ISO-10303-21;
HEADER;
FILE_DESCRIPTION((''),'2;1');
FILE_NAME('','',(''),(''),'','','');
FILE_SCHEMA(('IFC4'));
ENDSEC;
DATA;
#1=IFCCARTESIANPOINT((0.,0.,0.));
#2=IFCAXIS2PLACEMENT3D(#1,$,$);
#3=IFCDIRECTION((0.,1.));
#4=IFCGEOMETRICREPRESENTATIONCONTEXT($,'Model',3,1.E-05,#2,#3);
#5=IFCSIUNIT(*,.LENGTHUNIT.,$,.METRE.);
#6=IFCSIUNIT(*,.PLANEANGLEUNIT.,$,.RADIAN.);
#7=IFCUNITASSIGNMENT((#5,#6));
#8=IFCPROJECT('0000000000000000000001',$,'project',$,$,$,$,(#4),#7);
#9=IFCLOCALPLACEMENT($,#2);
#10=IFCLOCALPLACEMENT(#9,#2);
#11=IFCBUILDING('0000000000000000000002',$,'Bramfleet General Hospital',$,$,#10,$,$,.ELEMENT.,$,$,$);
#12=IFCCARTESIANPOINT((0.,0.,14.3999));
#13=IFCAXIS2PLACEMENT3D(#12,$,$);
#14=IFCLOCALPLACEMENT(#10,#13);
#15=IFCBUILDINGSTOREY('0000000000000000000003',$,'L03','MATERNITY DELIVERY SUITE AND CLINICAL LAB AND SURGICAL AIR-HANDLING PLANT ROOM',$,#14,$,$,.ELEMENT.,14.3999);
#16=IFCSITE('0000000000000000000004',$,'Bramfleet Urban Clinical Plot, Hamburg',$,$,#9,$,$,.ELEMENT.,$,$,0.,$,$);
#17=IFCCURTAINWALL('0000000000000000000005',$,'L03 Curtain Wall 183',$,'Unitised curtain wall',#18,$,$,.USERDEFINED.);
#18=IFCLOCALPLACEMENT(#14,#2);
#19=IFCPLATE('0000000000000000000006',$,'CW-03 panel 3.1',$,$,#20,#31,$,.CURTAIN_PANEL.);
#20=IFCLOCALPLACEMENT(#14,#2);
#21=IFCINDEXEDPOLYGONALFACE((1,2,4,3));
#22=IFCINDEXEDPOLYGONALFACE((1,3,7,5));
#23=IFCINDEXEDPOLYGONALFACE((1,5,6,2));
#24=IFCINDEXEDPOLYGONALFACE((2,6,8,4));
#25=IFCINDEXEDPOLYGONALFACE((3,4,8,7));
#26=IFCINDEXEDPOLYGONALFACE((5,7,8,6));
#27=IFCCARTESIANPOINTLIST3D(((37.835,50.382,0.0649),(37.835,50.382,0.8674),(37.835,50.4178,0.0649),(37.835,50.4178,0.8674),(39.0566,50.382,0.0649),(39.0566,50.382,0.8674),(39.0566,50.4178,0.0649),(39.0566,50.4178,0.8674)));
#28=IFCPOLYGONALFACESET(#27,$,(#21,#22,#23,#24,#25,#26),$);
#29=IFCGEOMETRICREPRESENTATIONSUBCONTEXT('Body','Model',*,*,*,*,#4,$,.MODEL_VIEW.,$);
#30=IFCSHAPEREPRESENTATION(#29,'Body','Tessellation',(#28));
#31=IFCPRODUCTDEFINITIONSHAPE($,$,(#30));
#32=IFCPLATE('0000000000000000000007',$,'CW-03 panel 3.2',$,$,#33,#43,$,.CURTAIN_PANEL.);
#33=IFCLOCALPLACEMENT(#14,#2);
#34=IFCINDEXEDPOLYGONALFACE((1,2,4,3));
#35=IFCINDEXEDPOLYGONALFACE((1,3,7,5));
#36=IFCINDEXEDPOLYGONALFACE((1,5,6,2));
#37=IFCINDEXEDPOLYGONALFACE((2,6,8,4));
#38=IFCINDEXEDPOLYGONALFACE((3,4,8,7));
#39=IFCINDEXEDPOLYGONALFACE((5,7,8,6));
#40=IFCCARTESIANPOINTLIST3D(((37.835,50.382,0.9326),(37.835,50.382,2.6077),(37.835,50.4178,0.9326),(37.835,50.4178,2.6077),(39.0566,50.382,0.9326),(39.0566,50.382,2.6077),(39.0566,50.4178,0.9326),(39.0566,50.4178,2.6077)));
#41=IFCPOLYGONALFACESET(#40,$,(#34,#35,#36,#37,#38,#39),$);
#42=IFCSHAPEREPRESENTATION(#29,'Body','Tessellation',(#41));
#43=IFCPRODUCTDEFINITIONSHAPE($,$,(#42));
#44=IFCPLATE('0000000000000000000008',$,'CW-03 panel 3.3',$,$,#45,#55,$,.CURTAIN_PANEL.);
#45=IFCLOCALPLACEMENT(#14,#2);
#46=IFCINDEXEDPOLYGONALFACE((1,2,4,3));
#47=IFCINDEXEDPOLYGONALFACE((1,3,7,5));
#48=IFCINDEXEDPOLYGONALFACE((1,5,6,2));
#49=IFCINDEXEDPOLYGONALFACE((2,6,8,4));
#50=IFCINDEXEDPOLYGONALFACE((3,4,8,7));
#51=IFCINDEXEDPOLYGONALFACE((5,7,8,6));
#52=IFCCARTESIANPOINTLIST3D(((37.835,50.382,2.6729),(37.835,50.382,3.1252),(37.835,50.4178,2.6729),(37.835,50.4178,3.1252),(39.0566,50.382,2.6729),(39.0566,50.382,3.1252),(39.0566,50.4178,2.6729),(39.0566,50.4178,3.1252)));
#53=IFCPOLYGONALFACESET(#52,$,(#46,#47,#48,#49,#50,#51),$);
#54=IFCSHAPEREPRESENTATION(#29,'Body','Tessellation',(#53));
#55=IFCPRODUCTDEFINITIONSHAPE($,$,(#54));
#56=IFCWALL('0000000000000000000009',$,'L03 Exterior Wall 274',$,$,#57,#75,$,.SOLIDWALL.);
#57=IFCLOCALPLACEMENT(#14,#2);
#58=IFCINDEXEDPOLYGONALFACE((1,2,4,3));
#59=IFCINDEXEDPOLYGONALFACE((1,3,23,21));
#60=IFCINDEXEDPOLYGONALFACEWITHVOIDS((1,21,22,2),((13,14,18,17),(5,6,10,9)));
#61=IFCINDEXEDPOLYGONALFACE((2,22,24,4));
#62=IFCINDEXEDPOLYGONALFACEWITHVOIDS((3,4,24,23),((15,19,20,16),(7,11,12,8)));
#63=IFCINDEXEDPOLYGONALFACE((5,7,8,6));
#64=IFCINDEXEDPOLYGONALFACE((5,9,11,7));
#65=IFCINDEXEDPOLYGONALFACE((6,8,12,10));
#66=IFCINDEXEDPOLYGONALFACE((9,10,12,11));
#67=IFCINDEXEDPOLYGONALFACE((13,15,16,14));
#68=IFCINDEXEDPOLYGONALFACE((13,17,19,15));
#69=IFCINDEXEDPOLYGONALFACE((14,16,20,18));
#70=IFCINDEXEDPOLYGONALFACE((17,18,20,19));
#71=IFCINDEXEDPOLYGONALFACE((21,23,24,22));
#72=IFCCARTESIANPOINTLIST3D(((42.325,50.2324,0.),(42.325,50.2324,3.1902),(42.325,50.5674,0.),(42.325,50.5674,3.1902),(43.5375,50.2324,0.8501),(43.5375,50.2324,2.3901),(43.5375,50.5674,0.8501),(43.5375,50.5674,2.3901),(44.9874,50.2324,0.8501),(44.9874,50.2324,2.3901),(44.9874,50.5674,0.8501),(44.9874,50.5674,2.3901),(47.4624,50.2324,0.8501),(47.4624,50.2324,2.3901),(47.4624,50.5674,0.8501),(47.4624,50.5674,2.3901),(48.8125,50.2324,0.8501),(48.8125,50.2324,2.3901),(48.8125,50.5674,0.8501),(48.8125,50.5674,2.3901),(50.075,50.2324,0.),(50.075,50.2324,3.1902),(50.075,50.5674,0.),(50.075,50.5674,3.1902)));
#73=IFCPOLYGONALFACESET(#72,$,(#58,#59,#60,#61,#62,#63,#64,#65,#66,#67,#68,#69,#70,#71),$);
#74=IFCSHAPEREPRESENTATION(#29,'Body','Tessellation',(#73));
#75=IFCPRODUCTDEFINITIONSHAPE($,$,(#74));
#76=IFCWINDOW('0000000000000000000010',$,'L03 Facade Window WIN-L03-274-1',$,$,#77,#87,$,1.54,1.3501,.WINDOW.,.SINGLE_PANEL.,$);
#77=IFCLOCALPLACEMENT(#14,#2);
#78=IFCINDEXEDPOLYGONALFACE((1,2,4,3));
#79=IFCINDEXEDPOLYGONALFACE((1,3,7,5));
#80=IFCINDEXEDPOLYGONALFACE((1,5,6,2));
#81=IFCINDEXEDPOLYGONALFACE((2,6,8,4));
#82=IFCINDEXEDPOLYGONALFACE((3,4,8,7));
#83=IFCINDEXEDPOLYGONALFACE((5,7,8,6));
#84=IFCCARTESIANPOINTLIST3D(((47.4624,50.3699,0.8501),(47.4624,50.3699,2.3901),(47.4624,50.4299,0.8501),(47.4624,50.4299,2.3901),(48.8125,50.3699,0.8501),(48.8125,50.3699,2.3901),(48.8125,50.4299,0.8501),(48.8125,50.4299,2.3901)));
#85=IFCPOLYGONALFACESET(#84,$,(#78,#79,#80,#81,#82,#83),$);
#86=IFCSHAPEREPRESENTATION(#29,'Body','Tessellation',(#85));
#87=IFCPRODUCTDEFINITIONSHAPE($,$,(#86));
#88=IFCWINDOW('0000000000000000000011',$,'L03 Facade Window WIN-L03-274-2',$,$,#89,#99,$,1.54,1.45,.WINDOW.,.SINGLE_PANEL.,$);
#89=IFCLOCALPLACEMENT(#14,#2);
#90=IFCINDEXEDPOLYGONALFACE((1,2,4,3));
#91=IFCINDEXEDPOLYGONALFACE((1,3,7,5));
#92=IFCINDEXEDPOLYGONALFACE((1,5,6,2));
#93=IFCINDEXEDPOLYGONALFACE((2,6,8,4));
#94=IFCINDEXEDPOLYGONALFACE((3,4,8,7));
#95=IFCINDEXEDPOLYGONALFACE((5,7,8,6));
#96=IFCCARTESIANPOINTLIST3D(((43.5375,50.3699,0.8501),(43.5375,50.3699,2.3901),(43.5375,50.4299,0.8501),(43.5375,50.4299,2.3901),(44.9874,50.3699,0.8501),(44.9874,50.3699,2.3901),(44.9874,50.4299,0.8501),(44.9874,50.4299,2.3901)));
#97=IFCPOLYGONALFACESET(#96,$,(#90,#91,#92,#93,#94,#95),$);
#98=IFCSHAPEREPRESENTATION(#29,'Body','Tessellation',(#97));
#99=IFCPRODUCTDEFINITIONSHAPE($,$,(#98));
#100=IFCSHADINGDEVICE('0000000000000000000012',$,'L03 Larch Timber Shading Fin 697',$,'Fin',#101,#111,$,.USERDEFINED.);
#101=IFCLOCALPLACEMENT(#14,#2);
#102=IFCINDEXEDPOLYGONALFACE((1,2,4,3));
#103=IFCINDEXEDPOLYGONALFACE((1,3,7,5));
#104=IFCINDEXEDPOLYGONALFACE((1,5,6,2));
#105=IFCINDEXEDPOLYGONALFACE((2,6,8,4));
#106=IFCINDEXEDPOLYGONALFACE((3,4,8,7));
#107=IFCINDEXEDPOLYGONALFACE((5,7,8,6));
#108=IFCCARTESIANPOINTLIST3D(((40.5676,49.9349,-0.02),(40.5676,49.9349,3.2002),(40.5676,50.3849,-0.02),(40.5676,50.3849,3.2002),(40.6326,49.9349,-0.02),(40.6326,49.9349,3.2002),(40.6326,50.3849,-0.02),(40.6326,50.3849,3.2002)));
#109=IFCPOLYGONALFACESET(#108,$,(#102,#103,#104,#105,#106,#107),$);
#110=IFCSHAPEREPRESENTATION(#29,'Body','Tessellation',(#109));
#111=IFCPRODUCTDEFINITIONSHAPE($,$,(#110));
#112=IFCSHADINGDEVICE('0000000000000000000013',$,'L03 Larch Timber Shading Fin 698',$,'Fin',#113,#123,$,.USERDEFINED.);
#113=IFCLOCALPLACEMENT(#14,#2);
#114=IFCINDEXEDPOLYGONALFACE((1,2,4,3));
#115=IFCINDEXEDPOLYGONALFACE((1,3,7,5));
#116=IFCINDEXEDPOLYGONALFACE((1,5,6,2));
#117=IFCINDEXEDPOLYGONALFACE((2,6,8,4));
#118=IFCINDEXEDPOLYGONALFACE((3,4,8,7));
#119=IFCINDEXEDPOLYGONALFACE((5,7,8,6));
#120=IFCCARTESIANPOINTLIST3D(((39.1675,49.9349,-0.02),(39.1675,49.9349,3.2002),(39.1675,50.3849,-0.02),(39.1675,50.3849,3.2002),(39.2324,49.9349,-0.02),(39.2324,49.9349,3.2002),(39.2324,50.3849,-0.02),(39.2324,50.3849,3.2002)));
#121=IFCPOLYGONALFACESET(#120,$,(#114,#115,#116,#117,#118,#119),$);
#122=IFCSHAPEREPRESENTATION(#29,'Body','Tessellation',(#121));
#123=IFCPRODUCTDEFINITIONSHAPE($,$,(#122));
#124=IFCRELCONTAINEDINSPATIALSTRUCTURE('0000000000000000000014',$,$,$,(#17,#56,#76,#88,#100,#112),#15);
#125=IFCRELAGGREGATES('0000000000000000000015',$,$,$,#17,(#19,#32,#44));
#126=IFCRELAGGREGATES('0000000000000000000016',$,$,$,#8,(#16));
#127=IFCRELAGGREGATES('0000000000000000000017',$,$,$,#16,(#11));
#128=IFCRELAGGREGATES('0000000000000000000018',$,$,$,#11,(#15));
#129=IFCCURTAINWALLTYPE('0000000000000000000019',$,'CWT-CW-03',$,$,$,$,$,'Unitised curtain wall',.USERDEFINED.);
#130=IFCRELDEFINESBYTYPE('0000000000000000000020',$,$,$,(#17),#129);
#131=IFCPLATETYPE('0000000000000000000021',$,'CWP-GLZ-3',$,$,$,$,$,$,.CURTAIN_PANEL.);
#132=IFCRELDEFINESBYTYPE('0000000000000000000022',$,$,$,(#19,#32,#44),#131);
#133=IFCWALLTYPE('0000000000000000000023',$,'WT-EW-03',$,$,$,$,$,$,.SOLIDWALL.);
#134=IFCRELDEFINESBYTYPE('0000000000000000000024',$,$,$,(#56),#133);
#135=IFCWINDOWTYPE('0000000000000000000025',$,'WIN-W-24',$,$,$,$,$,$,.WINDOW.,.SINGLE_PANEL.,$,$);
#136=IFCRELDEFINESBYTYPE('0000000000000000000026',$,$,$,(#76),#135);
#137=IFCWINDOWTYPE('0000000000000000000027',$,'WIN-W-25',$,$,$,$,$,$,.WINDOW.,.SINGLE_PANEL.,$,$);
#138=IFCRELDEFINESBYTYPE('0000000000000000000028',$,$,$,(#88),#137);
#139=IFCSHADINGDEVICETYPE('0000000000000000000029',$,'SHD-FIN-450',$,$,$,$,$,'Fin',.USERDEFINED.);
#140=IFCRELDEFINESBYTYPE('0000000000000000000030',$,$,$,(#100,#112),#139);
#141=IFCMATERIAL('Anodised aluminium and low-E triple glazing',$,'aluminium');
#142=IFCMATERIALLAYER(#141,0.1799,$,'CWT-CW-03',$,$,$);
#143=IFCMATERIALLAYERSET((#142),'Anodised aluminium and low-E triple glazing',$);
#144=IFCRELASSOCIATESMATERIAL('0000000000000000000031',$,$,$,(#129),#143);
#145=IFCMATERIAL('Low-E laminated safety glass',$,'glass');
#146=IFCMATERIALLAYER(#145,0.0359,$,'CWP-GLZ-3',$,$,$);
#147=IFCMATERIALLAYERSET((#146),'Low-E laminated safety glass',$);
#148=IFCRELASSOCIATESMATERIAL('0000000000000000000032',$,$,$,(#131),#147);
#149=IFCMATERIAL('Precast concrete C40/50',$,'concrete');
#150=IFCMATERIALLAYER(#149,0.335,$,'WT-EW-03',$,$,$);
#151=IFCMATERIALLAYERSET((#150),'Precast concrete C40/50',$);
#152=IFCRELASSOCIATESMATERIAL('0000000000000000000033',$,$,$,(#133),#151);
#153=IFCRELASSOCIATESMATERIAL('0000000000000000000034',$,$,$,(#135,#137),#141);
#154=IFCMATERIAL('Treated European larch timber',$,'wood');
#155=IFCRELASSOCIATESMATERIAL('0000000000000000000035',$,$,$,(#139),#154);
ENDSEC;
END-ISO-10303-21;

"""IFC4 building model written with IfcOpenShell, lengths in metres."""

from ifc_helpers import new_model, si_unit, direction, frame, frame_2d, origin, origin_2d, place, context, subcontext, project, spatial, rectangle, extrude, material, layer, layer_set, material_profile, profile_set, type_object, element, fill, aggregate, save


model = new_model("IFC4")

# Units and contexts
model_context = context("Model", 3, precision=1e-05, world=origin(), true_north=direction((0.0, 1.0)))
body_context = subcontext(model_context, "Body", "Model", "MODEL_VIEW")
ifc_project = project(units=[si_unit("LENGTHUNIT", "METRE"), si_unit("PLANEANGLEUNIT", "RADIAN")], contexts=[model_context])

# Site, building, storey
site_placement = place(None, origin())
site = spatial("IfcSite", under=ifc_project, at=site_placement, Name="Bramfleet Urban Clinical Plot, Hamburg", CompositionType="ELEMENT", RefElevation=0.0)
building_placement = place(site_placement, origin())
building = spatial("IfcBuilding", under=site, at=building_placement, Name="Bramfleet General Hospital", CompositionType="ELEMENT")
storey_placement = place(building_placement, frame((0.0, 0.0, 14.3999)))
storey = spatial("IfcBuildingStorey", under=building, at=storey_placement, Name="L03", Description="MATERNITY DELIVERY SUITE AND CLINICAL LAB AND SURGICAL AIR-HANDLING PLANT ROOM", CompositionType="ELEMENT", Elevation=14.3999)

# Shared definitions
ifc_material_1 = material(Name="Anodised aluminium and low-E triple glazing", Category="aluminium")

# Curtain wall
ifc_layer_1 = layer(ifc_material_1, 0.1799, Name="CWT-CW-03")
ifc_layer_set_1 = layer_set([ifc_layer_1], Name="Anodised aluminium and low-E triple glazing")
curtain_wall_type_1 = type_object("IfcCurtainWallType", Name="CWT-CW-03", ElementType="Unitised curtain wall", PredefinedType="USERDEFINED", material=ifc_layer_set_1)
curtain_wall_1_placement = place(storey_placement, origin())
curtain_wall_1 = element("IfcCurtainWall", 1, at=curtain_wall_1_placement, inside=storey, type_object=curtain_wall_type_1, Name="L03 Curtain Wall 183", ObjectType="Unitised curtain wall", PredefinedType="USERDEFINED")

# Plates
ifc_material_2 = material(Name="Low-E laminated safety glass", Category="glass")
ifc_layer_2 = layer(ifc_material_2, 0.0359, Name="CWP-GLZ-3")
ifc_layer_set_2 = layer_set([ifc_layer_2], Name="Low-E laminated safety glass")
plate_type_1 = type_object("IfcPlateType", Name="CWP-GLZ-3", PredefinedType="CURTAIN_PANEL", material=ifc_layer_set_2)
plate_1_placement = place(storey_placement, frame((38.4458, 50.3999, 0.0649), z_axis=(0.0, 0.0, 1.0), x_axis=(-1.0, 0.0, 0.0)))
plate_1 = element("IfcPlate", 2, at=plate_1_placement, type_object=plate_type_1, Name="CW-03 panel 3.1", PredefinedType="CURTAIN_PANEL", context=body_context, shape_type="SweptSolid", body=[
    extrude(rectangle(XDim=1.2217, YDim=0.0359, at=origin_2d()), origin(), (0.0, 0.0, 1.0), 0.8025),
])
plate_2_placement = place(storey_placement, frame((38.4458, 50.3999, 0.9326), z_axis=(0.0, 0.0, 1.0), x_axis=(-1.0, 0.0, 0.0)))
plate_2 = element("IfcPlate", 3, at=plate_2_placement, type_object=plate_type_1, Name="CW-03 panel 3.2", PredefinedType="CURTAIN_PANEL", context=body_context, shape_type="SweptSolid", body=[
    extrude(rectangle(XDim=1.2217, YDim=0.0359, at=origin_2d()), origin(), (0.0, 0.0, 1.0), 1.675),
])
plate_3_placement = place(storey_placement, frame((38.4458, 50.3999, 2.6729), z_axis=(0.0, 0.0, 1.0), x_axis=(-1.0, 0.0, 0.0)))
plate_3 = element("IfcPlate", 4, at=plate_3_placement, type_object=plate_type_1, Name="CW-03 panel 3.3", PredefinedType="CURTAIN_PANEL", context=body_context, shape_type="SweptSolid", body=[
    extrude(rectangle(XDim=1.2217, YDim=0.0359, at=origin_2d()), origin(), (0.0, 0.0, 1.0), 0.4524),
])
aggregate(curtain_wall_1, [plate_1, plate_2, plate_3])

# Wall, openings, windows
ifc_material_3 = material(Name="Precast concrete C40/50", Category="concrete")
ifc_layer_3 = layer(ifc_material_3, 0.335, Name="WT-EW-03")
ifc_layer_set_3 = layer_set([ifc_layer_3], Name="Precast concrete C40/50")
wall_type = type_object("IfcWallType", Name="WT-EW-03", PredefinedType="SOLIDWALL", material=ifc_layer_set_3)
wall_placement = place(storey_placement, frame((50.075, 50.3999, 0.0), z_axis=(0.0, 0.0, 1.0), x_axis=(-1.0, 0.0, 0.0)))
wall = element("IfcWall", 5, at=wall_placement, inside=storey, type_object=wall_type, Name="L03 Exterior Wall 274", PredefinedType="SOLIDWALL", context=body_context, shape_type="SweptSolid", body=[
    extrude(rectangle(XDim=7.75, YDim=0.335, at=frame_2d((3.875, 0.0))), origin(), (0.0, 0.0, 1.0), 3.1902),
])
opening_1_placement = place(wall_placement, frame((1.2625, 0.0, 0.8501)))
opening_1 = element("IfcOpeningElement", 6, at=opening_1_placement, cuts=wall, PredefinedType="OPENING", context=body_context, shape_type="SweptSolid", body=[
    extrude(rectangle(XDim=1.3501, YDim=1.54, at=frame_2d((0.675, 0.77))), frame((0.0, 0.1775, 0.0), z_axis=(0.0, -1.0, 0.0), x_axis=(1.0, 0.0, 0.0)), (0.0, 0.0, 1.0), 0.355),
])
opening_2_placement = place(wall_placement, frame((5.0874, 0.0, 0.8501)))
opening_2 = element("IfcOpeningElement", 7, at=opening_2_placement, cuts=wall, PredefinedType="OPENING", context=body_context, shape_type="SweptSolid", body=[
    extrude(rectangle(XDim=1.45, YDim=1.54, at=frame_2d((0.7251, 0.77))), frame((0.0, 0.1775, 0.0), z_axis=(0.0, -1.0, 0.0), x_axis=(1.0, 0.0, 0.0)), (0.0, 0.0, 1.0), 0.355),
])
window_type_1 = type_object("IfcWindowType", Name="WIN-W-24", PartitioningType="SINGLE_PANEL", PredefinedType="WINDOW", material=ifc_material_1)
window_1_placement = place(opening_1_placement, origin())
window_1 = element("IfcWindow", 8, at=window_1_placement, inside=storey, type_object=window_type_1, Name="L03 Facade Window WIN-L03-274-1", OverallHeight=1.54, OverallWidth=1.3501, PartitioningType="SINGLE_PANEL", PredefinedType="WINDOW", context=body_context, shape_type="SweptSolid", body=[
    extrude(rectangle(XDim=1.3501, YDim=1.54, at=frame_2d((0.675, 0.77))), frame((0.0, 0.03, 0.0), z_axis=(0.0, -1.0, 0.0), x_axis=(1.0, 0.0, 0.0)), (0.0, 0.0, 1.0), 0.0601),
])
fill(opening_1, window_1)
window_type_2 = type_object("IfcWindowType", Name="WIN-W-25", PartitioningType="SINGLE_PANEL", PredefinedType="WINDOW", material=ifc_material_1)
window_2_placement = place(opening_2_placement, origin())
window_2 = element("IfcWindow", 9, at=window_2_placement, inside=storey, type_object=window_type_2, Name="L03 Facade Window WIN-L03-274-2", OverallHeight=1.54, OverallWidth=1.45, PartitioningType="SINGLE_PANEL", PredefinedType="WINDOW", context=body_context, shape_type="SweptSolid", body=[
    extrude(rectangle(XDim=1.45, YDim=1.54, at=frame_2d((0.7251, 0.77))), frame((0.0, 0.03, 0.0), z_axis=(0.0, -1.0, 0.0), x_axis=(1.0, 0.0, 0.0)), (0.0, 0.0, 1.0), 0.0601),
])
fill(opening_2, window_2)

# Shading devices
ifc_material_4 = material(Name="Treated European larch timber", Category="wood")
ifc_material_profile_1 = material_profile(ifc_material_4, rectangle(XDim=0.0649, YDim=0.45, at=origin_2d()), Name="LARCH FIN 450x65")
ifc_profile_set_1 = profile_set([ifc_material_profile_1], Name="Treated European larch timber")
shading_device_type = type_object("IfcShadingDeviceType", Name="SHD-FIN-450", ElementType="Fin", PredefinedType="USERDEFINED", material=ifc_profile_set_1)
for number, where, z_axis, x_axis, name in (
    (10, (40.6001, 50.1599, -0.02), (0.0, 0.0, 1.0), (-1.0, 0.0, 0.0), "L03 Larch Timber Shading Fin 697"),
    (11, (39.2, 50.1599, -0.02), (0.0, 0.0, 1.0), (-1.0, 0.0, 0.0), "L03 Larch Timber Shading Fin 698"),
):
    element("IfcShadingDevice", number, at=place(storey_placement, frame(where, z_axis=z_axis, x_axis=x_axis)), inside=storey, type_object=shading_device_type, Name=name, ObjectType="Fin", PredefinedType="USERDEFINED", context=body_context, shape_type="SweptSolid", body=[
        extrude(rectangle(XDim=0.0649, YDim=0.45, at=origin_2d()), origin(), (0.0, 0.0, 1.0), 3.2202),
    ])

save(model, "model.ifc")
